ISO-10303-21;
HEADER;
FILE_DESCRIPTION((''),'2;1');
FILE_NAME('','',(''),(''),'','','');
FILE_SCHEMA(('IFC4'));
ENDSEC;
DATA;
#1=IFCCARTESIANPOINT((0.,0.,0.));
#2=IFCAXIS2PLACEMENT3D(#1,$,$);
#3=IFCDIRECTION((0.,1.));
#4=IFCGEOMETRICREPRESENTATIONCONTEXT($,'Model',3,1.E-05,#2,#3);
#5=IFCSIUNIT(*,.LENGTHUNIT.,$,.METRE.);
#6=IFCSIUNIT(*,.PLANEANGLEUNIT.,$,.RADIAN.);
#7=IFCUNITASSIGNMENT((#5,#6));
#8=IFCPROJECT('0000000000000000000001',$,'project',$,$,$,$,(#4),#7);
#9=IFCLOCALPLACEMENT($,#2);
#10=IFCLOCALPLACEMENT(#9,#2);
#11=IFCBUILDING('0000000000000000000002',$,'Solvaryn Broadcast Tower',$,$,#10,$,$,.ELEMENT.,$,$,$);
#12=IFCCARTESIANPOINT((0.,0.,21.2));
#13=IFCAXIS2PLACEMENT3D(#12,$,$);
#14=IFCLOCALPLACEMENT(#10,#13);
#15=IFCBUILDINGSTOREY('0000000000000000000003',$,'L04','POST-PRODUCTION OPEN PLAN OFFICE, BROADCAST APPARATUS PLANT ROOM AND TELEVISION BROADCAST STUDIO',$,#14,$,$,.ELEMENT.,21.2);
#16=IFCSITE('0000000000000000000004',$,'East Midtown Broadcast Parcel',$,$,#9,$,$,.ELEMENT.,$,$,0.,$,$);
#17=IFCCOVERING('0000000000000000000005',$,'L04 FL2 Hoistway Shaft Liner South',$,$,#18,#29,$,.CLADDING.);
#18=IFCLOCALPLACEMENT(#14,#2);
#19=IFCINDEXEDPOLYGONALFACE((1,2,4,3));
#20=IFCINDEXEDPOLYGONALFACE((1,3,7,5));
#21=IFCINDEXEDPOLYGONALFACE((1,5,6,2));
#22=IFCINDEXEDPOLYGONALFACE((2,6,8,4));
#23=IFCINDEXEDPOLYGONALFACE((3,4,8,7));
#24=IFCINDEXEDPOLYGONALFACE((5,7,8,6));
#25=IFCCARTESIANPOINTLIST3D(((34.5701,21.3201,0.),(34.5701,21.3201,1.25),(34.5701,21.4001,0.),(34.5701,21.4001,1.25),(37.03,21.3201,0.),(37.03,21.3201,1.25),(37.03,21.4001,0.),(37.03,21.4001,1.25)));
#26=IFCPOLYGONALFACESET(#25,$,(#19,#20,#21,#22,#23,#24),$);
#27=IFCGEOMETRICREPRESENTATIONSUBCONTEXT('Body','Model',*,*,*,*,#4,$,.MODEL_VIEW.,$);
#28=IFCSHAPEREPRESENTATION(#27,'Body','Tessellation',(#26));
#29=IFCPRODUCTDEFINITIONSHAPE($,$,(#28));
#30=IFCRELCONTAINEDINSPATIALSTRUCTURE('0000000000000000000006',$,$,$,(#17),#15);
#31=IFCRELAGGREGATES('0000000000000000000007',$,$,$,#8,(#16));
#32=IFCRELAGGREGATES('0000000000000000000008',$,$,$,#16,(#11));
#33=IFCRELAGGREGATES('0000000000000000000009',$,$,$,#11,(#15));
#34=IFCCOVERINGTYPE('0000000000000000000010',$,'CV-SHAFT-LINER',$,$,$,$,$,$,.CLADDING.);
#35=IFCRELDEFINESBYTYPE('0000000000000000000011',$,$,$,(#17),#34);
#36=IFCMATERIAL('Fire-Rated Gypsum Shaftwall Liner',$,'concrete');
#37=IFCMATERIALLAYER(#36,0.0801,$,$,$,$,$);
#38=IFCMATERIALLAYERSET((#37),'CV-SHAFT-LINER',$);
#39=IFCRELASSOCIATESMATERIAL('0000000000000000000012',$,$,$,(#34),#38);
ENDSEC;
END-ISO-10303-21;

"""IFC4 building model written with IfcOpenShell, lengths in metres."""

from ifc_helpers import new_model, si_unit, direction, frame, origin, origin_2d, place, context, subcontext, project, spatial, rectangle, extrude, material, layer, layer_set, type_object, element, save


model = new_model("IFC4")

# Units and contexts
model_context = context("Model", 3, precision=1e-05, world=origin(), true_north=direction((0.0, 1.0)))
body_context = subcontext(model_context, "Body", "Model", "MODEL_VIEW")
ifc_project = project(units=[si_unit("LENGTHUNIT", "METRE"), si_unit("PLANEANGLEUNIT", "RADIAN")], contexts=[model_context])

# Site, building, storey
site_placement = place(None, origin())
site = spatial("IfcSite", under=ifc_project, at=site_placement, Name="East Midtown Broadcast Parcel", CompositionType="ELEMENT", RefElevation=0.0)
building_placement = place(site_placement, origin())
building = spatial("IfcBuilding", under=site, at=building_placement, Name="Solvaryn Broadcast Tower", CompositionType="ELEMENT")
storey_placement = place(building_placement, frame((0.0, 0.0, 21.2)))
storey = spatial("IfcBuildingStorey", under=building, at=storey_placement, Name="L04", Description="POST-PRODUCTION OPEN PLAN OFFICE, BROADCAST APPARATUS PLANT ROOM AND TELEVISION BROADCAST STUDIO", CompositionType="ELEMENT", Elevation=21.2)

# Covering
ifc_material_1 = material(Name="Fire-Rated Gypsum Shaftwall Liner", Category="concrete")
ifc_layer_1 = layer(ifc_material_1, 0.0801)
ifc_layer_set_1 = layer_set([ifc_layer_1], Name="CV-SHAFT-LINER")
covering_type = type_object("IfcCoveringType", Name="CV-SHAFT-LINER", PredefinedType="CLADDING", material=ifc_layer_set_1)
for number, where, z_axis, x_axis, name in (
    (1, (35.8, 21.3601, 0.0), (0.0, 0.0, 1.0), (1.0, 0.0, 0.0), "L04 FL2 Hoistway Shaft Liner South"),
):
    element("IfcCovering", number, at=place(storey_placement, frame(where, z_axis=z_axis, x_axis=x_axis)), inside=storey, type_object=covering_type, Name=name, PredefinedType="CLADDING", context=body_context, shape_type="SweptSolid", body=[
        extrude(rectangle(XDim=2.46, YDim=0.0801, at=origin_2d()), origin(), (0.0, 0.0, 1.0), 1.25),
    ])

save(model, "model.ifc")
